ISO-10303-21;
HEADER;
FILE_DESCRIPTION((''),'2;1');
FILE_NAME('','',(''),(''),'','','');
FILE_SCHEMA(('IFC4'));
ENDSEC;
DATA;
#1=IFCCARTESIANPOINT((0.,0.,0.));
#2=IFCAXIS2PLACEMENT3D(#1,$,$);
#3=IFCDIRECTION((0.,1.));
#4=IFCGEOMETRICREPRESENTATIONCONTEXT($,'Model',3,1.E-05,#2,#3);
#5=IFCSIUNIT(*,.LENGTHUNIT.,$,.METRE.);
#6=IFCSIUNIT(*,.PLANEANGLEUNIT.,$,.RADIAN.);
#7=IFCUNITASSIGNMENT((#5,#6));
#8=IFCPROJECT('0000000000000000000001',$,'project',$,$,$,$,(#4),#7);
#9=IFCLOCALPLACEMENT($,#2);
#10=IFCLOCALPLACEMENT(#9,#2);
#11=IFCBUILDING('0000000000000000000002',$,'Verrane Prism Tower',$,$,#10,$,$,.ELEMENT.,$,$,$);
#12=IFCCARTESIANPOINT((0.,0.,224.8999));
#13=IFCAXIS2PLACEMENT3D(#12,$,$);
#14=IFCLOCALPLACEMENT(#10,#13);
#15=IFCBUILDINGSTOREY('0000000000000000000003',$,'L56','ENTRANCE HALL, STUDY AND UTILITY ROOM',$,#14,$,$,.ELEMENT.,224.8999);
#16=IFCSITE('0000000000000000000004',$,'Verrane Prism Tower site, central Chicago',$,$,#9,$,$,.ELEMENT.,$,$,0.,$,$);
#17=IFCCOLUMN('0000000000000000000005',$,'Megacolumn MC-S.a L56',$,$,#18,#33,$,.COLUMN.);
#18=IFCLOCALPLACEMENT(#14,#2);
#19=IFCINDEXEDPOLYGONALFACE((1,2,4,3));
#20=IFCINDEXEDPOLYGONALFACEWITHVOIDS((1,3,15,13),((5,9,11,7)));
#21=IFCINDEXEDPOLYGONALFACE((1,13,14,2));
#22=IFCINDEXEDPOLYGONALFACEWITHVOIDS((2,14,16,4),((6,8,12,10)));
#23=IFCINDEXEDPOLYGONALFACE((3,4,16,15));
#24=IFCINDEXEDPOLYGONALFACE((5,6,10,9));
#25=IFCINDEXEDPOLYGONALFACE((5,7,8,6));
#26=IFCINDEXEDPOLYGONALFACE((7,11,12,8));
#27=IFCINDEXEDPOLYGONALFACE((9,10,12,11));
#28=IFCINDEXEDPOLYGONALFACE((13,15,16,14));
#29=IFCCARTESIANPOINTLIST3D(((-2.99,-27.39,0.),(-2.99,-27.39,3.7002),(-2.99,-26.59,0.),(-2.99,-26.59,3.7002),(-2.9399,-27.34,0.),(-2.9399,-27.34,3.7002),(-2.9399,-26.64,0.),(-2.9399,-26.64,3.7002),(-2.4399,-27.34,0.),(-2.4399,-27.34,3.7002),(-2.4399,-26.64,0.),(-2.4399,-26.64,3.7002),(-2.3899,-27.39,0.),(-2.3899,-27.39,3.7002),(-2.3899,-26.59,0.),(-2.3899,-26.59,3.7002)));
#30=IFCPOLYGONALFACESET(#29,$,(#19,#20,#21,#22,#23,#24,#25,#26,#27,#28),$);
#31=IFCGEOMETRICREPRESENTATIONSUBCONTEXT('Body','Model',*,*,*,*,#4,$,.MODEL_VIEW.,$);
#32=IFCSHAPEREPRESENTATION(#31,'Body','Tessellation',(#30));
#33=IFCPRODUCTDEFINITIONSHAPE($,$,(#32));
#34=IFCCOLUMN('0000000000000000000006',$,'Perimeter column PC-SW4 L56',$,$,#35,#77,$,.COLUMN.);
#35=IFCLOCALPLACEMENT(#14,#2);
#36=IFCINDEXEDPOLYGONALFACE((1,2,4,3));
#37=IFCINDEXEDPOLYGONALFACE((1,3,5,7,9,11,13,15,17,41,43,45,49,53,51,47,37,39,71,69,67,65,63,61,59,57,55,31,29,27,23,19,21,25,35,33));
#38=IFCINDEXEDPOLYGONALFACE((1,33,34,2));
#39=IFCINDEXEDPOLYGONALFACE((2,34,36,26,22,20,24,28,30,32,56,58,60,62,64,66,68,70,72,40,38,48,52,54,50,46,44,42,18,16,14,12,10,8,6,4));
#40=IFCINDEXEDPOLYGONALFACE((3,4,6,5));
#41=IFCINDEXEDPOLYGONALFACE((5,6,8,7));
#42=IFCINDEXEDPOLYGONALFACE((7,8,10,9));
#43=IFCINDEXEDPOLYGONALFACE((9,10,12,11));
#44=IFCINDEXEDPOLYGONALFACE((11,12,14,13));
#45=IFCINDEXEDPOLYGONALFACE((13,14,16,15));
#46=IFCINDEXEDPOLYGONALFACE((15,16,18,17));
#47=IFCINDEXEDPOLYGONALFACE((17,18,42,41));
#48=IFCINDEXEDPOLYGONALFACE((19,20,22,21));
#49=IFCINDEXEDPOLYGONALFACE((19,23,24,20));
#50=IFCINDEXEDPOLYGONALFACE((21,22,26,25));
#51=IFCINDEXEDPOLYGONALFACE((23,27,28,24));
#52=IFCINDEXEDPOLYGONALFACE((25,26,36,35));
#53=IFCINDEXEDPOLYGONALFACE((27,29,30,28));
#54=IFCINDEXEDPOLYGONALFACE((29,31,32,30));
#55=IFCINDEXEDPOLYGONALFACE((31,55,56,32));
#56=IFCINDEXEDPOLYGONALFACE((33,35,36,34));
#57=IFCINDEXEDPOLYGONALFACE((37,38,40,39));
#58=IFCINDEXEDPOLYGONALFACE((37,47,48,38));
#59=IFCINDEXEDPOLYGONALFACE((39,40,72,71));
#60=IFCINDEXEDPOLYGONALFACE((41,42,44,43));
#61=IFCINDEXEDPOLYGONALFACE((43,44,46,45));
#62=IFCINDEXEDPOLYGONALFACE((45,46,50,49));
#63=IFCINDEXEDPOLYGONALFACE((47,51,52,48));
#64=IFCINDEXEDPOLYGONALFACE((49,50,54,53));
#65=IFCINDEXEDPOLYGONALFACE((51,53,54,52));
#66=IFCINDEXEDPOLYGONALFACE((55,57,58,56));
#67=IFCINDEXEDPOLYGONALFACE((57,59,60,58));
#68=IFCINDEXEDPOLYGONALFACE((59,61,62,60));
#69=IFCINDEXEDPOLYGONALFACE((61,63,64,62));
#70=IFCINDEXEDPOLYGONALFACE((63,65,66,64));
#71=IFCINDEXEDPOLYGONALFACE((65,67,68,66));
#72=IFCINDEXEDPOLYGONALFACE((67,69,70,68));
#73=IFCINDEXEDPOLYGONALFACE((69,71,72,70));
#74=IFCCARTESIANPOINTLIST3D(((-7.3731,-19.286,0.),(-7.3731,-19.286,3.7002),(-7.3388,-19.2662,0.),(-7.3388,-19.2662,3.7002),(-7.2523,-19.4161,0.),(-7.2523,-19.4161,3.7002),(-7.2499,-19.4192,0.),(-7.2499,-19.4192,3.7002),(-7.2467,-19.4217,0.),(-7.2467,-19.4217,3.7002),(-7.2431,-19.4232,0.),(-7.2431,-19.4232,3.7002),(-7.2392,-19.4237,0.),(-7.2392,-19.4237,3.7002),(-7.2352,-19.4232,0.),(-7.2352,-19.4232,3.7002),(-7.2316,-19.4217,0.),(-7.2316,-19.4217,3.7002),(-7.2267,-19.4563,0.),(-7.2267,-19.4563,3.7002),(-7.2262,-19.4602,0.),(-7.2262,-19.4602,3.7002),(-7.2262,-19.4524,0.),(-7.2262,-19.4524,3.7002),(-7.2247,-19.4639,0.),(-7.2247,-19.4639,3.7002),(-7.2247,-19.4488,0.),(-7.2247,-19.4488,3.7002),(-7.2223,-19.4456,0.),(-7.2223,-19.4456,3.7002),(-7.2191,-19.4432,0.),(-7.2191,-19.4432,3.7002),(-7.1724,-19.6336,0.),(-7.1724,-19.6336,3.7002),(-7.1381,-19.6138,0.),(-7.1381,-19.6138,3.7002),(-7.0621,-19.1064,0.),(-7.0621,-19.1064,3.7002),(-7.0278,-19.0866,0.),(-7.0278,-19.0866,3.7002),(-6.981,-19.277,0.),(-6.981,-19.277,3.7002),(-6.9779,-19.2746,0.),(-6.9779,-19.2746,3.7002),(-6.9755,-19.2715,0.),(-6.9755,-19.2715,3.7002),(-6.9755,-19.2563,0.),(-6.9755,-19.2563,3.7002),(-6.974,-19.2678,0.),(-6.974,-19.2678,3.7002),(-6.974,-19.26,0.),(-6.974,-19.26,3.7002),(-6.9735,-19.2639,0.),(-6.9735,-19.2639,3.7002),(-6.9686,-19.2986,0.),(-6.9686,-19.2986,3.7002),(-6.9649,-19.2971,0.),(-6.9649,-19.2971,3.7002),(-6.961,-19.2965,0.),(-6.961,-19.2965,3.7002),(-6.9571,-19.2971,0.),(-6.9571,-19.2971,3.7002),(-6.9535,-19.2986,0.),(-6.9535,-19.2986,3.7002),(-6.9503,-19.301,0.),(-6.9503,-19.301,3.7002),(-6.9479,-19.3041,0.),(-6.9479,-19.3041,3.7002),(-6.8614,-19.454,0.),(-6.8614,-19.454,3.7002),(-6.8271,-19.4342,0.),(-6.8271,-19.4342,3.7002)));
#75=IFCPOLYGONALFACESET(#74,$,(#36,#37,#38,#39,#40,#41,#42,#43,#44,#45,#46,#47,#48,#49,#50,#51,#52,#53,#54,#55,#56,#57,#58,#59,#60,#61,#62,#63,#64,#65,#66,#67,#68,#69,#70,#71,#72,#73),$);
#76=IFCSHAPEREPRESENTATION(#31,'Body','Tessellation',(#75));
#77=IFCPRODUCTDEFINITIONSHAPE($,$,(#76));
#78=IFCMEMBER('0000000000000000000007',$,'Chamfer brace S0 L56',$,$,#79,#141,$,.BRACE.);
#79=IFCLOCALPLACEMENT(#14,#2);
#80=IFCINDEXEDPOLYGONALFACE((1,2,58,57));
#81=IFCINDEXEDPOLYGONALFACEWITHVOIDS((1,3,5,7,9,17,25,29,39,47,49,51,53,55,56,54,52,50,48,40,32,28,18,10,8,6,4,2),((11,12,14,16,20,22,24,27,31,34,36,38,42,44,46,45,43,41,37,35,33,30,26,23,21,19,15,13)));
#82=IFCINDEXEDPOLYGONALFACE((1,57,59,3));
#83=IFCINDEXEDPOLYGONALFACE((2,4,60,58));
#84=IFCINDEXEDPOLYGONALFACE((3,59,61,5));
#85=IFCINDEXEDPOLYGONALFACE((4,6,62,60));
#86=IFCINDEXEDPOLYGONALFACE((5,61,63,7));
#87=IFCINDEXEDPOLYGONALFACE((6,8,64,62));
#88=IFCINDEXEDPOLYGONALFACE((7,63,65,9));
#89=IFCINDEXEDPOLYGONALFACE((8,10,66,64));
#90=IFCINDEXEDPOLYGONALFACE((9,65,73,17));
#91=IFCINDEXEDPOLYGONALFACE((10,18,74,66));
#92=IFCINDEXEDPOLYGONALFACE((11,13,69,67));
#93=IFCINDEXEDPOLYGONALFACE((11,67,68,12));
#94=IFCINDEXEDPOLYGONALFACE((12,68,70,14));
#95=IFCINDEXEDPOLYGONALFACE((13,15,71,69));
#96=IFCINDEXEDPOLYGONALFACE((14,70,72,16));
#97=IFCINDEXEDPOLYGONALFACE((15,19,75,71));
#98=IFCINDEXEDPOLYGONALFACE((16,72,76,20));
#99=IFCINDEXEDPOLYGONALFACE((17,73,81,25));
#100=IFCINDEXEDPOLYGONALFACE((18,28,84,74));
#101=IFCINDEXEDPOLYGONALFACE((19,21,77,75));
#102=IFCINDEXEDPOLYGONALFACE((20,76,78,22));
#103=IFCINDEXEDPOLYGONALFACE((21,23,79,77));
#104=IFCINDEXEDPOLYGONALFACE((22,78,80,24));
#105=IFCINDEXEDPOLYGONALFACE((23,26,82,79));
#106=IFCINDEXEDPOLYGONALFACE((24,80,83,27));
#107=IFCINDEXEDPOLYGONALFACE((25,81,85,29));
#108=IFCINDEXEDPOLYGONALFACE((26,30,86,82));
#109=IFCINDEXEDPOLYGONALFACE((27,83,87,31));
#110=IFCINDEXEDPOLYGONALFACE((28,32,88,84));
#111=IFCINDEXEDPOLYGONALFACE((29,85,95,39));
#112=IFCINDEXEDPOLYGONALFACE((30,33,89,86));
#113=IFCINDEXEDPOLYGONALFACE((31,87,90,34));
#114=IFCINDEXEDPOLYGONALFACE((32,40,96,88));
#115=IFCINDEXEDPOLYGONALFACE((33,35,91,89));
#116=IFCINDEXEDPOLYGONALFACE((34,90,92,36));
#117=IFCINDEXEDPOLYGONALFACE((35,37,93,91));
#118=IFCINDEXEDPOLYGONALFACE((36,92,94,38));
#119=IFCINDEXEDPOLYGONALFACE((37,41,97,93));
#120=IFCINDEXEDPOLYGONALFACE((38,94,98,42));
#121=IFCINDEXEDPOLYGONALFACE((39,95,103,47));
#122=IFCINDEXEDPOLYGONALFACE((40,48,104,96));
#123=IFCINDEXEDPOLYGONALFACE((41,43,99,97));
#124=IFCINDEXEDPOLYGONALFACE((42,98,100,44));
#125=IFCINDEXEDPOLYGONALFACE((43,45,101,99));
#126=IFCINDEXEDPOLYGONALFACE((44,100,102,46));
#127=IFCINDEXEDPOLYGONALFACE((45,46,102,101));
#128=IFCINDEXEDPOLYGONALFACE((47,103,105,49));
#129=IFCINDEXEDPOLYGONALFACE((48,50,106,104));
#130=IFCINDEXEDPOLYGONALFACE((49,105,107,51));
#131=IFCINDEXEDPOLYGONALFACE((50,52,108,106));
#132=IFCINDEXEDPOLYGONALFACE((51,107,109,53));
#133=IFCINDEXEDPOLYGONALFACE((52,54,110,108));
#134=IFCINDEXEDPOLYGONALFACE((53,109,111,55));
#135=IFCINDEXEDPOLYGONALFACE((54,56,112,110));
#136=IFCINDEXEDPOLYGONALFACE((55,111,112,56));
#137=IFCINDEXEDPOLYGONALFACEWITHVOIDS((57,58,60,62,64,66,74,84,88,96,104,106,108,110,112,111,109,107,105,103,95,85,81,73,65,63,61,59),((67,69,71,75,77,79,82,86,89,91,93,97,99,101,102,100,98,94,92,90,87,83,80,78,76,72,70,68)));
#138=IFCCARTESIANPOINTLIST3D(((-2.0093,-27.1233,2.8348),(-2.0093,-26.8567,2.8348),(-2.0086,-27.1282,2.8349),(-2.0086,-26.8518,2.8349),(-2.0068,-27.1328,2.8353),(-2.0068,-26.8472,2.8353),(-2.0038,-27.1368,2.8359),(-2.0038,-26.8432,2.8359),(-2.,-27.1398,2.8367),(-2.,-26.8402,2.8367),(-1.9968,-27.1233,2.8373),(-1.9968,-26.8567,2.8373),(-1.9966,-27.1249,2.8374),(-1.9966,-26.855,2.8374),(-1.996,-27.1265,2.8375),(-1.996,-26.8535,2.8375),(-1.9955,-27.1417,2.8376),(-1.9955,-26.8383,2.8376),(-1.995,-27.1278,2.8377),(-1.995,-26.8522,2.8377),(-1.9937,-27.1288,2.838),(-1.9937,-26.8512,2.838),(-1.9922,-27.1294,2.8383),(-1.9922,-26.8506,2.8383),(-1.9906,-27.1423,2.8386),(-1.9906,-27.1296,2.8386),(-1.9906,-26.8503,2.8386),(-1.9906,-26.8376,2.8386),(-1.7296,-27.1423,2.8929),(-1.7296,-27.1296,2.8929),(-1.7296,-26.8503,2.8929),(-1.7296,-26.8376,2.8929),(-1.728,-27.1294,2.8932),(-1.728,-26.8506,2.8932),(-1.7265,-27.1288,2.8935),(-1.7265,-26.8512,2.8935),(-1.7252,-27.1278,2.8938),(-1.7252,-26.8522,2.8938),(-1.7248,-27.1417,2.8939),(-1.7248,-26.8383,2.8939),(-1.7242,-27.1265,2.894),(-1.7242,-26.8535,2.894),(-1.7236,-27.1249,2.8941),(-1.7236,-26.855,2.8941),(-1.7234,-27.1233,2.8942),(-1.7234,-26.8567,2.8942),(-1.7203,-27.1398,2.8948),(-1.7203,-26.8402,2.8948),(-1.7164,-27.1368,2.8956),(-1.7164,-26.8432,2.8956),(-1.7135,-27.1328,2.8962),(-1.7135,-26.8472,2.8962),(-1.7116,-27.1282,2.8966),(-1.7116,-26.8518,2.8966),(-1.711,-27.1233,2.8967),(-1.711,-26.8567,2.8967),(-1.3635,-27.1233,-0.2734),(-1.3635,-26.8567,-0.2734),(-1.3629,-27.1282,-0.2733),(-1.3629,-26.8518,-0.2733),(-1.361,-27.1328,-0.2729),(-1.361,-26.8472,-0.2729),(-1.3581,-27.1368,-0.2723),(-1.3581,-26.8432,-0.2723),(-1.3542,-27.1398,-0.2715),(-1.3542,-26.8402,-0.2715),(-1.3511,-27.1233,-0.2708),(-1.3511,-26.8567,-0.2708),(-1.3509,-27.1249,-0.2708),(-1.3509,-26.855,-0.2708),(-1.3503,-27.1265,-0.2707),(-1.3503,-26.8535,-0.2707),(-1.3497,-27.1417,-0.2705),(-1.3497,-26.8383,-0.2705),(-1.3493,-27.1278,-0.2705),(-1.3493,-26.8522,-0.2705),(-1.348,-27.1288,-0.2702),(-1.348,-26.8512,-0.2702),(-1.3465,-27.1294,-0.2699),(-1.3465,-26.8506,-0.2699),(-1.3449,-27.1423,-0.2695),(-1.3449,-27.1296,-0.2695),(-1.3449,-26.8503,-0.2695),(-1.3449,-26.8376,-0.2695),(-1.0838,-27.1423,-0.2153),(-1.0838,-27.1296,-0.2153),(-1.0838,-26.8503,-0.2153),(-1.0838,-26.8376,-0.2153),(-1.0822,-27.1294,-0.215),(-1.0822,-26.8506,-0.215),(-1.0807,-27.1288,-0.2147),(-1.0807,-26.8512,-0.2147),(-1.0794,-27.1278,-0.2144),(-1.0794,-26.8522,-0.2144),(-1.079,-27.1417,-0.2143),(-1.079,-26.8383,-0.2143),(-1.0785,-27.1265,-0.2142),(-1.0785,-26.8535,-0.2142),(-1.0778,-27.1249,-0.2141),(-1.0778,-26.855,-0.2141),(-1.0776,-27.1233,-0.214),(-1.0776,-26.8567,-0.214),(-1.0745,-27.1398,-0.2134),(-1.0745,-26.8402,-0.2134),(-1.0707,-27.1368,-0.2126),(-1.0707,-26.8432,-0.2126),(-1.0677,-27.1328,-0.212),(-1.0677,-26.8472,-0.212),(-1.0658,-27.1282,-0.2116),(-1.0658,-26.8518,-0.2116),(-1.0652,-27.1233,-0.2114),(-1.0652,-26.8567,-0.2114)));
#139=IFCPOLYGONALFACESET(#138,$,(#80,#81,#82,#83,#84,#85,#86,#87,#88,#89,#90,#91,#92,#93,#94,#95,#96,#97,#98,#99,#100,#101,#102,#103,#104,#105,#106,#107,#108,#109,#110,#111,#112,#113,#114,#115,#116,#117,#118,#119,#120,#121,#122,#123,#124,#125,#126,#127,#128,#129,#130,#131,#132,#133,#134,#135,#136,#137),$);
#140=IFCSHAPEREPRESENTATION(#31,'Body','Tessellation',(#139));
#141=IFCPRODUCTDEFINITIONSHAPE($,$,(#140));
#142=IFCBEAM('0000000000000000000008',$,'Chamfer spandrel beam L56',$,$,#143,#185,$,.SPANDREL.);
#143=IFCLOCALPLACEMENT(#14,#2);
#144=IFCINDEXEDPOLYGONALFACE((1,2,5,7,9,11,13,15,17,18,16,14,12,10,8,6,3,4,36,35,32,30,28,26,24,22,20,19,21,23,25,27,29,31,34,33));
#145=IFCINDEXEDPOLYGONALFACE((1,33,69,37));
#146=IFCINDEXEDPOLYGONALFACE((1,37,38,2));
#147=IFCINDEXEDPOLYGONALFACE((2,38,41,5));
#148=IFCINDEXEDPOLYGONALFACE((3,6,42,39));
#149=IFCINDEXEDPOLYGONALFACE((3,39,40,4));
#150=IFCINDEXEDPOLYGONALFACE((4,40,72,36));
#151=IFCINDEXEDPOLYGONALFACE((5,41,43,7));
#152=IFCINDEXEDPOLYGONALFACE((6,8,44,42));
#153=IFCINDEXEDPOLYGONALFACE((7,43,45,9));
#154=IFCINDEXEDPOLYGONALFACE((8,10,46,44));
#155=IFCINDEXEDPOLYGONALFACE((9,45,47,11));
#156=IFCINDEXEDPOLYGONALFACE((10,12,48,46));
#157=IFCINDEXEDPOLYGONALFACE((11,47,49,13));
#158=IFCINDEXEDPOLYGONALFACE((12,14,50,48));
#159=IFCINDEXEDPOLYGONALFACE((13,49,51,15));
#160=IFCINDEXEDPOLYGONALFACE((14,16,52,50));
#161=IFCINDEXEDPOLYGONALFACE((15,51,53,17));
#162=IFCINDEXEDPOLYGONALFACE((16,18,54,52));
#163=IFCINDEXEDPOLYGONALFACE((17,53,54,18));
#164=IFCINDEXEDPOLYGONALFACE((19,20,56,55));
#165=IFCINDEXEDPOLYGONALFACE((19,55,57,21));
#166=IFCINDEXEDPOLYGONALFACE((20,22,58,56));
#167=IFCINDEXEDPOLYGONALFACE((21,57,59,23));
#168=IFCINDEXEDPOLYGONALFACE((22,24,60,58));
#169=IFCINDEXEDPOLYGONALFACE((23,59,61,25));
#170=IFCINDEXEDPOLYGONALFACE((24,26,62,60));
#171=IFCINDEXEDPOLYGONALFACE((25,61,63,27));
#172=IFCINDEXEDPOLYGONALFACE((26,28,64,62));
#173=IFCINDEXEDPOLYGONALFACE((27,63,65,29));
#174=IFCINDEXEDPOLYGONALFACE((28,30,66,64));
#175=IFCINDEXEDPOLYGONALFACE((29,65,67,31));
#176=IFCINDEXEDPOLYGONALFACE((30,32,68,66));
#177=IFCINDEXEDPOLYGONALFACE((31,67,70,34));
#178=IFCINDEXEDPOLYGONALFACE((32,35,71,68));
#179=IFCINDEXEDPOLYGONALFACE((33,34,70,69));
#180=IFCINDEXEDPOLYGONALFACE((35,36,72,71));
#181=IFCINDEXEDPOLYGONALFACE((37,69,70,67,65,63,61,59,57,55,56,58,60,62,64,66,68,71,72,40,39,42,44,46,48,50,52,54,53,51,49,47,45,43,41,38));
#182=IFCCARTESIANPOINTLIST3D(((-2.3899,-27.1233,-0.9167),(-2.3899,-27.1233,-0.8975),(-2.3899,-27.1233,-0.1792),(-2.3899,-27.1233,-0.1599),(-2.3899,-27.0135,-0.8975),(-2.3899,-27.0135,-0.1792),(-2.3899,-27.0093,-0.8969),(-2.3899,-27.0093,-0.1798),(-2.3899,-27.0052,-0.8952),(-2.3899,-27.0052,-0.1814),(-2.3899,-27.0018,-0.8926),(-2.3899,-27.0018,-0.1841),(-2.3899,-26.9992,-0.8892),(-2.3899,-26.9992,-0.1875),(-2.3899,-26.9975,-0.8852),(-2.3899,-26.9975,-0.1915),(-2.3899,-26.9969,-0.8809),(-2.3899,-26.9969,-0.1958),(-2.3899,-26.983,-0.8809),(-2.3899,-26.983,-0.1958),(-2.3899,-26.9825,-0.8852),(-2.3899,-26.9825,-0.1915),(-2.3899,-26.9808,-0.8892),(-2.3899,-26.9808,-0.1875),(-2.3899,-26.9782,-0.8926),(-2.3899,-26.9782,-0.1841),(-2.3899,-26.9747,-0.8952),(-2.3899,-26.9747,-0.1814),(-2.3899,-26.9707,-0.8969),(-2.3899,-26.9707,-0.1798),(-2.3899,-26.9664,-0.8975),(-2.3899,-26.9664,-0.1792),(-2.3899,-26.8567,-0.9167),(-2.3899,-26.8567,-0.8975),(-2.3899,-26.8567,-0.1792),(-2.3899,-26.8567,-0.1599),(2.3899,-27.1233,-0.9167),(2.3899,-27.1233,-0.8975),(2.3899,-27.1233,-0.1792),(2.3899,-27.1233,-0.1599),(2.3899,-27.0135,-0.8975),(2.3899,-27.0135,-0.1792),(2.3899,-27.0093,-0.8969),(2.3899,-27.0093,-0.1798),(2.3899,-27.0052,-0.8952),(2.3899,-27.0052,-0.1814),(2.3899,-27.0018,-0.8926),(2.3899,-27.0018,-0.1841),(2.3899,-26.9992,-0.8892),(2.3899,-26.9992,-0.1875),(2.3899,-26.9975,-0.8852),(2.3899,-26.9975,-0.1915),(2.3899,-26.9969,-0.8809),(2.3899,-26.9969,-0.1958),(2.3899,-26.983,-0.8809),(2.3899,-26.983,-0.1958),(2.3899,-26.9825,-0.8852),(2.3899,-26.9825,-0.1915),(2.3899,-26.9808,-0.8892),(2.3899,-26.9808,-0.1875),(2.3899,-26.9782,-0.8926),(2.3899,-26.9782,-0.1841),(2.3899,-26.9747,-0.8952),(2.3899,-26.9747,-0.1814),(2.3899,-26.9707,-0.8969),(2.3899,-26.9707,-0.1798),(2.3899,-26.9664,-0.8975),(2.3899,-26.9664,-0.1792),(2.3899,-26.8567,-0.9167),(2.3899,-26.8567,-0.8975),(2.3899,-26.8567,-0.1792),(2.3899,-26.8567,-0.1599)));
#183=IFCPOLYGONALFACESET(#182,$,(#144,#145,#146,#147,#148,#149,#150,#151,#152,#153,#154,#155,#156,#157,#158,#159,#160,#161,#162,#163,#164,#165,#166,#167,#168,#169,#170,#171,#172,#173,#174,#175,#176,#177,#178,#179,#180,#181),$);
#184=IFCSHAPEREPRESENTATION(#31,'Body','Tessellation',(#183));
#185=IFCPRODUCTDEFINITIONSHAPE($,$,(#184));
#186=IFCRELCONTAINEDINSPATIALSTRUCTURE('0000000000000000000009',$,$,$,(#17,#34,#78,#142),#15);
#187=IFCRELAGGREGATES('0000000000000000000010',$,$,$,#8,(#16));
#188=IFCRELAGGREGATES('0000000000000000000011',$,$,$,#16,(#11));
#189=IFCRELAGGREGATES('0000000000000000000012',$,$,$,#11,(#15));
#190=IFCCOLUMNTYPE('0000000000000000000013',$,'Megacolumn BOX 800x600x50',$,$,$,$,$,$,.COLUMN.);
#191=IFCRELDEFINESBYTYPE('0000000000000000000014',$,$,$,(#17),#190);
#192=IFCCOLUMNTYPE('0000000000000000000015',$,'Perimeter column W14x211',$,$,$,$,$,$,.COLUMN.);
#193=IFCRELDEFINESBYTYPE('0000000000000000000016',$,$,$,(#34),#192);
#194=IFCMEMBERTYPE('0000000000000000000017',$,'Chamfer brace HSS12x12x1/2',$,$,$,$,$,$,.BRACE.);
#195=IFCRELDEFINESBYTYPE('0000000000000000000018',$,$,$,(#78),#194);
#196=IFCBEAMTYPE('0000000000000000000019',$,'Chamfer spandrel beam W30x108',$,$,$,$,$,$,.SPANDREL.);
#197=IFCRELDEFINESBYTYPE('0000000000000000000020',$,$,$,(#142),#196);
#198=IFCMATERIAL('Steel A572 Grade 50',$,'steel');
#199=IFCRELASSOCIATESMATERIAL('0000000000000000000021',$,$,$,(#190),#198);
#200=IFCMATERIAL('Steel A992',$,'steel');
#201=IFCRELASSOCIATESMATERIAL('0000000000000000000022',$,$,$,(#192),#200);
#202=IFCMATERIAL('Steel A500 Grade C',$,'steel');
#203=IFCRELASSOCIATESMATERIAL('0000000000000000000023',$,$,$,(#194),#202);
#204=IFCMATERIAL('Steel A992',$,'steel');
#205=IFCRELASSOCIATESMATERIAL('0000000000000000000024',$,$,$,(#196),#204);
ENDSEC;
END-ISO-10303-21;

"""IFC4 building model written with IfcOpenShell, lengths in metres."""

from ifc_helpers import new_model, si_unit, direction, frame, origin, origin_2d, place, context, subcontext, project, spatial, hollow_rectangle, i_section, extrude, material, material_profile, profile_set, type_object, element, save


model = new_model("IFC4")

# Units and contexts
model_context = context("Model", 3, precision=1e-05, world=origin(), true_north=direction((0.0, 1.0)))
body_context = subcontext(model_context, "Body", "Model", "MODEL_VIEW")
ifc_project = project(units=[si_unit("LENGTHUNIT", "METRE"), si_unit("PLANEANGLEUNIT", "RADIAN")], contexts=[model_context])

# Site, building, storey
site_placement = place(None, origin())
site = spatial("IfcSite", under=ifc_project, at=site_placement, Name="Verrane Prism Tower site, central Chicago", CompositionType="ELEMENT", RefElevation=0.0)
building_placement = place(site_placement, origin())
building = spatial("IfcBuilding", under=site, at=building_placement, Name="Verrane Prism Tower", CompositionType="ELEMENT")
storey_placement = place(building_placement, frame((0.0, 0.0, 224.8999)))
storey = spatial("IfcBuildingStorey", under=building, at=storey_placement, Name="L56", Description="ENTRANCE HALL, STUDY AND UTILITY ROOM", CompositionType="ELEMENT", Elevation=224.8999)

# Columns
ifc_material_1 = material(Name="Steel A572 Grade 50", Category="steel")
ifc_material_profile_1 = material_profile(ifc_material_1, hollow_rectangle(XDim=0.6001, YDim=0.8, WallThickness=0.05, at=origin_2d()), Name="BOX 800x600x50")
ifc_profile_set_1 = profile_set([ifc_material_profile_1], Name="Steel A572 Grade 50")
column_type_1 = type_object("IfcColumnType", Name="Megacolumn BOX 800x600x50", PredefinedType="COLUMN", material=ifc_profile_set_1)
column_1_placement = place(storey_placement, frame((-2.6899, -26.99, 0.0), z_axis=(0.0, 0.0, 1.0), x_axis=(-1.0, 0.0, 0.0)))
element("IfcColumn", 1, at=column_1_placement, inside=storey, type_object=column_type_1, Name="Megacolumn MC-S.a L56", PredefinedType="COLUMN", context=body_context, shape_type="SweptSolid", body=[
    extrude(hollow_rectangle(XDim=0.6001, YDim=0.8, WallThickness=0.05, at=origin_2d()), origin(), (0.0, 0.0, 1.0), 3.7002),
])
ifc_material_2 = material(Name="Steel A992", Category="steel")
ifc_material_profile_2 = material_profile(ifc_material_2, i_section(OverallWidth=0.4014, OverallDepth=0.3987, WebThickness=0.0249, FlangeThickness=0.0396, FilletRadius=0.0151, at=origin_2d()), Name="W14x211")
ifc_profile_set_2 = profile_set([ifc_material_profile_2], Name="Steel A992")
column_type_2 = type_object("IfcColumnType", Name="Perimeter column W14x211", PredefinedType="COLUMN", material=ifc_profile_set_2)
column_2_placement = place(storey_placement, frame((-7.1001, -19.3601, 0.0), z_axis=(0.0, 0.0, 1.0), x_axis=(-0.5, 0.866025, 0.0)))
element("IfcColumn", 2, at=column_2_placement, inside=storey, type_object=column_type_2, Name="Perimeter column PC-SW4 L56", PredefinedType="COLUMN", context=body_context, shape_type="SweptSolid", body=[
    extrude(i_section(OverallWidth=0.4014, OverallDepth=0.3987, WebThickness=0.0249, FlangeThickness=0.0396, FilletRadius=0.0151, at=origin_2d()), origin(), (0.0, 0.0, 1.0), 3.7002),
])

# Member
ifc_material_3 = material(Name="Steel A500 Grade C", Category="steel")
ifc_material_profile_3 = material_profile(ifc_material_3, hollow_rectangle(XDim=0.3047, YDim=0.3047, WallThickness=0.0127, InnerFilletRadius=0.0063, OuterFilletRadius=0.019, at=origin_2d()), Name="HSS12x12x1/2")
ifc_profile_set_3 = profile_set([ifc_material_profile_3], Name="Steel A500 Grade C")
member_type_1 = type_object("IfcMemberType", Name="Chamfer brace HSS12x12x1/2", PredefinedType="BRACE", material=ifc_profile_set_3)
member_1_placement = place(storey_placement, frame((-1.2144, -26.99, -0.2424), z_axis=(-0.203417, 0.0, 0.979092), x_axis=(0.0, -1.0, 0.0)))
element("IfcMember", 3, at=member_1_placement, inside=storey, type_object=member_type_1, Name="Chamfer brace S0 L56", PredefinedType="BRACE", context=body_context, shape_type="SweptSolid", body=[
    extrude(hollow_rectangle(XDim=0.3047, YDim=0.3047, WallThickness=0.0127, InnerFilletRadius=0.0063, OuterFilletRadius=0.019, at=origin_2d()), origin(), (0.0, 0.0, 1.0), 3.1746),
])

# Beam
ifc_material_4 = material(Name="Steel A992", Category="steel")
ifc_material_profile_4 = material_profile(ifc_material_4, i_section(OverallWidth=0.2666, OverallDepth=0.7568, WebThickness=0.0139, FlangeThickness=0.0193, FilletRadius=0.0166, at=origin_2d()), Name="W30x108")
ifc_profile_set_4 = profile_set([ifc_material_profile_4], Name="Steel A992")
beam_type_1 = type_object("IfcBeamType", Name="Chamfer spandrel beam W30x108", PredefinedType="SPANDREL", material=ifc_profile_set_4)
beam_1_placement = place(storey_placement, frame((-2.3899, -26.99, -0.5383), z_axis=(1.0, 0.0, 0.0), x_axis=(0.0, 1.0, 0.0)))
element("IfcBeam", 4, at=beam_1_placement, inside=storey, type_object=beam_type_1, Name="Chamfer spandrel beam L56", PredefinedType="SPANDREL", context=body_context, shape_type="SweptSolid", body=[
    extrude(i_section(OverallWidth=0.2666, OverallDepth=0.7568, WebThickness=0.0139, FlangeThickness=0.0193, FilletRadius=0.0166, at=origin_2d()), origin(), (0.0, 0.0, 1.0), 4.7798),
])

save(model, "model.ifc")
